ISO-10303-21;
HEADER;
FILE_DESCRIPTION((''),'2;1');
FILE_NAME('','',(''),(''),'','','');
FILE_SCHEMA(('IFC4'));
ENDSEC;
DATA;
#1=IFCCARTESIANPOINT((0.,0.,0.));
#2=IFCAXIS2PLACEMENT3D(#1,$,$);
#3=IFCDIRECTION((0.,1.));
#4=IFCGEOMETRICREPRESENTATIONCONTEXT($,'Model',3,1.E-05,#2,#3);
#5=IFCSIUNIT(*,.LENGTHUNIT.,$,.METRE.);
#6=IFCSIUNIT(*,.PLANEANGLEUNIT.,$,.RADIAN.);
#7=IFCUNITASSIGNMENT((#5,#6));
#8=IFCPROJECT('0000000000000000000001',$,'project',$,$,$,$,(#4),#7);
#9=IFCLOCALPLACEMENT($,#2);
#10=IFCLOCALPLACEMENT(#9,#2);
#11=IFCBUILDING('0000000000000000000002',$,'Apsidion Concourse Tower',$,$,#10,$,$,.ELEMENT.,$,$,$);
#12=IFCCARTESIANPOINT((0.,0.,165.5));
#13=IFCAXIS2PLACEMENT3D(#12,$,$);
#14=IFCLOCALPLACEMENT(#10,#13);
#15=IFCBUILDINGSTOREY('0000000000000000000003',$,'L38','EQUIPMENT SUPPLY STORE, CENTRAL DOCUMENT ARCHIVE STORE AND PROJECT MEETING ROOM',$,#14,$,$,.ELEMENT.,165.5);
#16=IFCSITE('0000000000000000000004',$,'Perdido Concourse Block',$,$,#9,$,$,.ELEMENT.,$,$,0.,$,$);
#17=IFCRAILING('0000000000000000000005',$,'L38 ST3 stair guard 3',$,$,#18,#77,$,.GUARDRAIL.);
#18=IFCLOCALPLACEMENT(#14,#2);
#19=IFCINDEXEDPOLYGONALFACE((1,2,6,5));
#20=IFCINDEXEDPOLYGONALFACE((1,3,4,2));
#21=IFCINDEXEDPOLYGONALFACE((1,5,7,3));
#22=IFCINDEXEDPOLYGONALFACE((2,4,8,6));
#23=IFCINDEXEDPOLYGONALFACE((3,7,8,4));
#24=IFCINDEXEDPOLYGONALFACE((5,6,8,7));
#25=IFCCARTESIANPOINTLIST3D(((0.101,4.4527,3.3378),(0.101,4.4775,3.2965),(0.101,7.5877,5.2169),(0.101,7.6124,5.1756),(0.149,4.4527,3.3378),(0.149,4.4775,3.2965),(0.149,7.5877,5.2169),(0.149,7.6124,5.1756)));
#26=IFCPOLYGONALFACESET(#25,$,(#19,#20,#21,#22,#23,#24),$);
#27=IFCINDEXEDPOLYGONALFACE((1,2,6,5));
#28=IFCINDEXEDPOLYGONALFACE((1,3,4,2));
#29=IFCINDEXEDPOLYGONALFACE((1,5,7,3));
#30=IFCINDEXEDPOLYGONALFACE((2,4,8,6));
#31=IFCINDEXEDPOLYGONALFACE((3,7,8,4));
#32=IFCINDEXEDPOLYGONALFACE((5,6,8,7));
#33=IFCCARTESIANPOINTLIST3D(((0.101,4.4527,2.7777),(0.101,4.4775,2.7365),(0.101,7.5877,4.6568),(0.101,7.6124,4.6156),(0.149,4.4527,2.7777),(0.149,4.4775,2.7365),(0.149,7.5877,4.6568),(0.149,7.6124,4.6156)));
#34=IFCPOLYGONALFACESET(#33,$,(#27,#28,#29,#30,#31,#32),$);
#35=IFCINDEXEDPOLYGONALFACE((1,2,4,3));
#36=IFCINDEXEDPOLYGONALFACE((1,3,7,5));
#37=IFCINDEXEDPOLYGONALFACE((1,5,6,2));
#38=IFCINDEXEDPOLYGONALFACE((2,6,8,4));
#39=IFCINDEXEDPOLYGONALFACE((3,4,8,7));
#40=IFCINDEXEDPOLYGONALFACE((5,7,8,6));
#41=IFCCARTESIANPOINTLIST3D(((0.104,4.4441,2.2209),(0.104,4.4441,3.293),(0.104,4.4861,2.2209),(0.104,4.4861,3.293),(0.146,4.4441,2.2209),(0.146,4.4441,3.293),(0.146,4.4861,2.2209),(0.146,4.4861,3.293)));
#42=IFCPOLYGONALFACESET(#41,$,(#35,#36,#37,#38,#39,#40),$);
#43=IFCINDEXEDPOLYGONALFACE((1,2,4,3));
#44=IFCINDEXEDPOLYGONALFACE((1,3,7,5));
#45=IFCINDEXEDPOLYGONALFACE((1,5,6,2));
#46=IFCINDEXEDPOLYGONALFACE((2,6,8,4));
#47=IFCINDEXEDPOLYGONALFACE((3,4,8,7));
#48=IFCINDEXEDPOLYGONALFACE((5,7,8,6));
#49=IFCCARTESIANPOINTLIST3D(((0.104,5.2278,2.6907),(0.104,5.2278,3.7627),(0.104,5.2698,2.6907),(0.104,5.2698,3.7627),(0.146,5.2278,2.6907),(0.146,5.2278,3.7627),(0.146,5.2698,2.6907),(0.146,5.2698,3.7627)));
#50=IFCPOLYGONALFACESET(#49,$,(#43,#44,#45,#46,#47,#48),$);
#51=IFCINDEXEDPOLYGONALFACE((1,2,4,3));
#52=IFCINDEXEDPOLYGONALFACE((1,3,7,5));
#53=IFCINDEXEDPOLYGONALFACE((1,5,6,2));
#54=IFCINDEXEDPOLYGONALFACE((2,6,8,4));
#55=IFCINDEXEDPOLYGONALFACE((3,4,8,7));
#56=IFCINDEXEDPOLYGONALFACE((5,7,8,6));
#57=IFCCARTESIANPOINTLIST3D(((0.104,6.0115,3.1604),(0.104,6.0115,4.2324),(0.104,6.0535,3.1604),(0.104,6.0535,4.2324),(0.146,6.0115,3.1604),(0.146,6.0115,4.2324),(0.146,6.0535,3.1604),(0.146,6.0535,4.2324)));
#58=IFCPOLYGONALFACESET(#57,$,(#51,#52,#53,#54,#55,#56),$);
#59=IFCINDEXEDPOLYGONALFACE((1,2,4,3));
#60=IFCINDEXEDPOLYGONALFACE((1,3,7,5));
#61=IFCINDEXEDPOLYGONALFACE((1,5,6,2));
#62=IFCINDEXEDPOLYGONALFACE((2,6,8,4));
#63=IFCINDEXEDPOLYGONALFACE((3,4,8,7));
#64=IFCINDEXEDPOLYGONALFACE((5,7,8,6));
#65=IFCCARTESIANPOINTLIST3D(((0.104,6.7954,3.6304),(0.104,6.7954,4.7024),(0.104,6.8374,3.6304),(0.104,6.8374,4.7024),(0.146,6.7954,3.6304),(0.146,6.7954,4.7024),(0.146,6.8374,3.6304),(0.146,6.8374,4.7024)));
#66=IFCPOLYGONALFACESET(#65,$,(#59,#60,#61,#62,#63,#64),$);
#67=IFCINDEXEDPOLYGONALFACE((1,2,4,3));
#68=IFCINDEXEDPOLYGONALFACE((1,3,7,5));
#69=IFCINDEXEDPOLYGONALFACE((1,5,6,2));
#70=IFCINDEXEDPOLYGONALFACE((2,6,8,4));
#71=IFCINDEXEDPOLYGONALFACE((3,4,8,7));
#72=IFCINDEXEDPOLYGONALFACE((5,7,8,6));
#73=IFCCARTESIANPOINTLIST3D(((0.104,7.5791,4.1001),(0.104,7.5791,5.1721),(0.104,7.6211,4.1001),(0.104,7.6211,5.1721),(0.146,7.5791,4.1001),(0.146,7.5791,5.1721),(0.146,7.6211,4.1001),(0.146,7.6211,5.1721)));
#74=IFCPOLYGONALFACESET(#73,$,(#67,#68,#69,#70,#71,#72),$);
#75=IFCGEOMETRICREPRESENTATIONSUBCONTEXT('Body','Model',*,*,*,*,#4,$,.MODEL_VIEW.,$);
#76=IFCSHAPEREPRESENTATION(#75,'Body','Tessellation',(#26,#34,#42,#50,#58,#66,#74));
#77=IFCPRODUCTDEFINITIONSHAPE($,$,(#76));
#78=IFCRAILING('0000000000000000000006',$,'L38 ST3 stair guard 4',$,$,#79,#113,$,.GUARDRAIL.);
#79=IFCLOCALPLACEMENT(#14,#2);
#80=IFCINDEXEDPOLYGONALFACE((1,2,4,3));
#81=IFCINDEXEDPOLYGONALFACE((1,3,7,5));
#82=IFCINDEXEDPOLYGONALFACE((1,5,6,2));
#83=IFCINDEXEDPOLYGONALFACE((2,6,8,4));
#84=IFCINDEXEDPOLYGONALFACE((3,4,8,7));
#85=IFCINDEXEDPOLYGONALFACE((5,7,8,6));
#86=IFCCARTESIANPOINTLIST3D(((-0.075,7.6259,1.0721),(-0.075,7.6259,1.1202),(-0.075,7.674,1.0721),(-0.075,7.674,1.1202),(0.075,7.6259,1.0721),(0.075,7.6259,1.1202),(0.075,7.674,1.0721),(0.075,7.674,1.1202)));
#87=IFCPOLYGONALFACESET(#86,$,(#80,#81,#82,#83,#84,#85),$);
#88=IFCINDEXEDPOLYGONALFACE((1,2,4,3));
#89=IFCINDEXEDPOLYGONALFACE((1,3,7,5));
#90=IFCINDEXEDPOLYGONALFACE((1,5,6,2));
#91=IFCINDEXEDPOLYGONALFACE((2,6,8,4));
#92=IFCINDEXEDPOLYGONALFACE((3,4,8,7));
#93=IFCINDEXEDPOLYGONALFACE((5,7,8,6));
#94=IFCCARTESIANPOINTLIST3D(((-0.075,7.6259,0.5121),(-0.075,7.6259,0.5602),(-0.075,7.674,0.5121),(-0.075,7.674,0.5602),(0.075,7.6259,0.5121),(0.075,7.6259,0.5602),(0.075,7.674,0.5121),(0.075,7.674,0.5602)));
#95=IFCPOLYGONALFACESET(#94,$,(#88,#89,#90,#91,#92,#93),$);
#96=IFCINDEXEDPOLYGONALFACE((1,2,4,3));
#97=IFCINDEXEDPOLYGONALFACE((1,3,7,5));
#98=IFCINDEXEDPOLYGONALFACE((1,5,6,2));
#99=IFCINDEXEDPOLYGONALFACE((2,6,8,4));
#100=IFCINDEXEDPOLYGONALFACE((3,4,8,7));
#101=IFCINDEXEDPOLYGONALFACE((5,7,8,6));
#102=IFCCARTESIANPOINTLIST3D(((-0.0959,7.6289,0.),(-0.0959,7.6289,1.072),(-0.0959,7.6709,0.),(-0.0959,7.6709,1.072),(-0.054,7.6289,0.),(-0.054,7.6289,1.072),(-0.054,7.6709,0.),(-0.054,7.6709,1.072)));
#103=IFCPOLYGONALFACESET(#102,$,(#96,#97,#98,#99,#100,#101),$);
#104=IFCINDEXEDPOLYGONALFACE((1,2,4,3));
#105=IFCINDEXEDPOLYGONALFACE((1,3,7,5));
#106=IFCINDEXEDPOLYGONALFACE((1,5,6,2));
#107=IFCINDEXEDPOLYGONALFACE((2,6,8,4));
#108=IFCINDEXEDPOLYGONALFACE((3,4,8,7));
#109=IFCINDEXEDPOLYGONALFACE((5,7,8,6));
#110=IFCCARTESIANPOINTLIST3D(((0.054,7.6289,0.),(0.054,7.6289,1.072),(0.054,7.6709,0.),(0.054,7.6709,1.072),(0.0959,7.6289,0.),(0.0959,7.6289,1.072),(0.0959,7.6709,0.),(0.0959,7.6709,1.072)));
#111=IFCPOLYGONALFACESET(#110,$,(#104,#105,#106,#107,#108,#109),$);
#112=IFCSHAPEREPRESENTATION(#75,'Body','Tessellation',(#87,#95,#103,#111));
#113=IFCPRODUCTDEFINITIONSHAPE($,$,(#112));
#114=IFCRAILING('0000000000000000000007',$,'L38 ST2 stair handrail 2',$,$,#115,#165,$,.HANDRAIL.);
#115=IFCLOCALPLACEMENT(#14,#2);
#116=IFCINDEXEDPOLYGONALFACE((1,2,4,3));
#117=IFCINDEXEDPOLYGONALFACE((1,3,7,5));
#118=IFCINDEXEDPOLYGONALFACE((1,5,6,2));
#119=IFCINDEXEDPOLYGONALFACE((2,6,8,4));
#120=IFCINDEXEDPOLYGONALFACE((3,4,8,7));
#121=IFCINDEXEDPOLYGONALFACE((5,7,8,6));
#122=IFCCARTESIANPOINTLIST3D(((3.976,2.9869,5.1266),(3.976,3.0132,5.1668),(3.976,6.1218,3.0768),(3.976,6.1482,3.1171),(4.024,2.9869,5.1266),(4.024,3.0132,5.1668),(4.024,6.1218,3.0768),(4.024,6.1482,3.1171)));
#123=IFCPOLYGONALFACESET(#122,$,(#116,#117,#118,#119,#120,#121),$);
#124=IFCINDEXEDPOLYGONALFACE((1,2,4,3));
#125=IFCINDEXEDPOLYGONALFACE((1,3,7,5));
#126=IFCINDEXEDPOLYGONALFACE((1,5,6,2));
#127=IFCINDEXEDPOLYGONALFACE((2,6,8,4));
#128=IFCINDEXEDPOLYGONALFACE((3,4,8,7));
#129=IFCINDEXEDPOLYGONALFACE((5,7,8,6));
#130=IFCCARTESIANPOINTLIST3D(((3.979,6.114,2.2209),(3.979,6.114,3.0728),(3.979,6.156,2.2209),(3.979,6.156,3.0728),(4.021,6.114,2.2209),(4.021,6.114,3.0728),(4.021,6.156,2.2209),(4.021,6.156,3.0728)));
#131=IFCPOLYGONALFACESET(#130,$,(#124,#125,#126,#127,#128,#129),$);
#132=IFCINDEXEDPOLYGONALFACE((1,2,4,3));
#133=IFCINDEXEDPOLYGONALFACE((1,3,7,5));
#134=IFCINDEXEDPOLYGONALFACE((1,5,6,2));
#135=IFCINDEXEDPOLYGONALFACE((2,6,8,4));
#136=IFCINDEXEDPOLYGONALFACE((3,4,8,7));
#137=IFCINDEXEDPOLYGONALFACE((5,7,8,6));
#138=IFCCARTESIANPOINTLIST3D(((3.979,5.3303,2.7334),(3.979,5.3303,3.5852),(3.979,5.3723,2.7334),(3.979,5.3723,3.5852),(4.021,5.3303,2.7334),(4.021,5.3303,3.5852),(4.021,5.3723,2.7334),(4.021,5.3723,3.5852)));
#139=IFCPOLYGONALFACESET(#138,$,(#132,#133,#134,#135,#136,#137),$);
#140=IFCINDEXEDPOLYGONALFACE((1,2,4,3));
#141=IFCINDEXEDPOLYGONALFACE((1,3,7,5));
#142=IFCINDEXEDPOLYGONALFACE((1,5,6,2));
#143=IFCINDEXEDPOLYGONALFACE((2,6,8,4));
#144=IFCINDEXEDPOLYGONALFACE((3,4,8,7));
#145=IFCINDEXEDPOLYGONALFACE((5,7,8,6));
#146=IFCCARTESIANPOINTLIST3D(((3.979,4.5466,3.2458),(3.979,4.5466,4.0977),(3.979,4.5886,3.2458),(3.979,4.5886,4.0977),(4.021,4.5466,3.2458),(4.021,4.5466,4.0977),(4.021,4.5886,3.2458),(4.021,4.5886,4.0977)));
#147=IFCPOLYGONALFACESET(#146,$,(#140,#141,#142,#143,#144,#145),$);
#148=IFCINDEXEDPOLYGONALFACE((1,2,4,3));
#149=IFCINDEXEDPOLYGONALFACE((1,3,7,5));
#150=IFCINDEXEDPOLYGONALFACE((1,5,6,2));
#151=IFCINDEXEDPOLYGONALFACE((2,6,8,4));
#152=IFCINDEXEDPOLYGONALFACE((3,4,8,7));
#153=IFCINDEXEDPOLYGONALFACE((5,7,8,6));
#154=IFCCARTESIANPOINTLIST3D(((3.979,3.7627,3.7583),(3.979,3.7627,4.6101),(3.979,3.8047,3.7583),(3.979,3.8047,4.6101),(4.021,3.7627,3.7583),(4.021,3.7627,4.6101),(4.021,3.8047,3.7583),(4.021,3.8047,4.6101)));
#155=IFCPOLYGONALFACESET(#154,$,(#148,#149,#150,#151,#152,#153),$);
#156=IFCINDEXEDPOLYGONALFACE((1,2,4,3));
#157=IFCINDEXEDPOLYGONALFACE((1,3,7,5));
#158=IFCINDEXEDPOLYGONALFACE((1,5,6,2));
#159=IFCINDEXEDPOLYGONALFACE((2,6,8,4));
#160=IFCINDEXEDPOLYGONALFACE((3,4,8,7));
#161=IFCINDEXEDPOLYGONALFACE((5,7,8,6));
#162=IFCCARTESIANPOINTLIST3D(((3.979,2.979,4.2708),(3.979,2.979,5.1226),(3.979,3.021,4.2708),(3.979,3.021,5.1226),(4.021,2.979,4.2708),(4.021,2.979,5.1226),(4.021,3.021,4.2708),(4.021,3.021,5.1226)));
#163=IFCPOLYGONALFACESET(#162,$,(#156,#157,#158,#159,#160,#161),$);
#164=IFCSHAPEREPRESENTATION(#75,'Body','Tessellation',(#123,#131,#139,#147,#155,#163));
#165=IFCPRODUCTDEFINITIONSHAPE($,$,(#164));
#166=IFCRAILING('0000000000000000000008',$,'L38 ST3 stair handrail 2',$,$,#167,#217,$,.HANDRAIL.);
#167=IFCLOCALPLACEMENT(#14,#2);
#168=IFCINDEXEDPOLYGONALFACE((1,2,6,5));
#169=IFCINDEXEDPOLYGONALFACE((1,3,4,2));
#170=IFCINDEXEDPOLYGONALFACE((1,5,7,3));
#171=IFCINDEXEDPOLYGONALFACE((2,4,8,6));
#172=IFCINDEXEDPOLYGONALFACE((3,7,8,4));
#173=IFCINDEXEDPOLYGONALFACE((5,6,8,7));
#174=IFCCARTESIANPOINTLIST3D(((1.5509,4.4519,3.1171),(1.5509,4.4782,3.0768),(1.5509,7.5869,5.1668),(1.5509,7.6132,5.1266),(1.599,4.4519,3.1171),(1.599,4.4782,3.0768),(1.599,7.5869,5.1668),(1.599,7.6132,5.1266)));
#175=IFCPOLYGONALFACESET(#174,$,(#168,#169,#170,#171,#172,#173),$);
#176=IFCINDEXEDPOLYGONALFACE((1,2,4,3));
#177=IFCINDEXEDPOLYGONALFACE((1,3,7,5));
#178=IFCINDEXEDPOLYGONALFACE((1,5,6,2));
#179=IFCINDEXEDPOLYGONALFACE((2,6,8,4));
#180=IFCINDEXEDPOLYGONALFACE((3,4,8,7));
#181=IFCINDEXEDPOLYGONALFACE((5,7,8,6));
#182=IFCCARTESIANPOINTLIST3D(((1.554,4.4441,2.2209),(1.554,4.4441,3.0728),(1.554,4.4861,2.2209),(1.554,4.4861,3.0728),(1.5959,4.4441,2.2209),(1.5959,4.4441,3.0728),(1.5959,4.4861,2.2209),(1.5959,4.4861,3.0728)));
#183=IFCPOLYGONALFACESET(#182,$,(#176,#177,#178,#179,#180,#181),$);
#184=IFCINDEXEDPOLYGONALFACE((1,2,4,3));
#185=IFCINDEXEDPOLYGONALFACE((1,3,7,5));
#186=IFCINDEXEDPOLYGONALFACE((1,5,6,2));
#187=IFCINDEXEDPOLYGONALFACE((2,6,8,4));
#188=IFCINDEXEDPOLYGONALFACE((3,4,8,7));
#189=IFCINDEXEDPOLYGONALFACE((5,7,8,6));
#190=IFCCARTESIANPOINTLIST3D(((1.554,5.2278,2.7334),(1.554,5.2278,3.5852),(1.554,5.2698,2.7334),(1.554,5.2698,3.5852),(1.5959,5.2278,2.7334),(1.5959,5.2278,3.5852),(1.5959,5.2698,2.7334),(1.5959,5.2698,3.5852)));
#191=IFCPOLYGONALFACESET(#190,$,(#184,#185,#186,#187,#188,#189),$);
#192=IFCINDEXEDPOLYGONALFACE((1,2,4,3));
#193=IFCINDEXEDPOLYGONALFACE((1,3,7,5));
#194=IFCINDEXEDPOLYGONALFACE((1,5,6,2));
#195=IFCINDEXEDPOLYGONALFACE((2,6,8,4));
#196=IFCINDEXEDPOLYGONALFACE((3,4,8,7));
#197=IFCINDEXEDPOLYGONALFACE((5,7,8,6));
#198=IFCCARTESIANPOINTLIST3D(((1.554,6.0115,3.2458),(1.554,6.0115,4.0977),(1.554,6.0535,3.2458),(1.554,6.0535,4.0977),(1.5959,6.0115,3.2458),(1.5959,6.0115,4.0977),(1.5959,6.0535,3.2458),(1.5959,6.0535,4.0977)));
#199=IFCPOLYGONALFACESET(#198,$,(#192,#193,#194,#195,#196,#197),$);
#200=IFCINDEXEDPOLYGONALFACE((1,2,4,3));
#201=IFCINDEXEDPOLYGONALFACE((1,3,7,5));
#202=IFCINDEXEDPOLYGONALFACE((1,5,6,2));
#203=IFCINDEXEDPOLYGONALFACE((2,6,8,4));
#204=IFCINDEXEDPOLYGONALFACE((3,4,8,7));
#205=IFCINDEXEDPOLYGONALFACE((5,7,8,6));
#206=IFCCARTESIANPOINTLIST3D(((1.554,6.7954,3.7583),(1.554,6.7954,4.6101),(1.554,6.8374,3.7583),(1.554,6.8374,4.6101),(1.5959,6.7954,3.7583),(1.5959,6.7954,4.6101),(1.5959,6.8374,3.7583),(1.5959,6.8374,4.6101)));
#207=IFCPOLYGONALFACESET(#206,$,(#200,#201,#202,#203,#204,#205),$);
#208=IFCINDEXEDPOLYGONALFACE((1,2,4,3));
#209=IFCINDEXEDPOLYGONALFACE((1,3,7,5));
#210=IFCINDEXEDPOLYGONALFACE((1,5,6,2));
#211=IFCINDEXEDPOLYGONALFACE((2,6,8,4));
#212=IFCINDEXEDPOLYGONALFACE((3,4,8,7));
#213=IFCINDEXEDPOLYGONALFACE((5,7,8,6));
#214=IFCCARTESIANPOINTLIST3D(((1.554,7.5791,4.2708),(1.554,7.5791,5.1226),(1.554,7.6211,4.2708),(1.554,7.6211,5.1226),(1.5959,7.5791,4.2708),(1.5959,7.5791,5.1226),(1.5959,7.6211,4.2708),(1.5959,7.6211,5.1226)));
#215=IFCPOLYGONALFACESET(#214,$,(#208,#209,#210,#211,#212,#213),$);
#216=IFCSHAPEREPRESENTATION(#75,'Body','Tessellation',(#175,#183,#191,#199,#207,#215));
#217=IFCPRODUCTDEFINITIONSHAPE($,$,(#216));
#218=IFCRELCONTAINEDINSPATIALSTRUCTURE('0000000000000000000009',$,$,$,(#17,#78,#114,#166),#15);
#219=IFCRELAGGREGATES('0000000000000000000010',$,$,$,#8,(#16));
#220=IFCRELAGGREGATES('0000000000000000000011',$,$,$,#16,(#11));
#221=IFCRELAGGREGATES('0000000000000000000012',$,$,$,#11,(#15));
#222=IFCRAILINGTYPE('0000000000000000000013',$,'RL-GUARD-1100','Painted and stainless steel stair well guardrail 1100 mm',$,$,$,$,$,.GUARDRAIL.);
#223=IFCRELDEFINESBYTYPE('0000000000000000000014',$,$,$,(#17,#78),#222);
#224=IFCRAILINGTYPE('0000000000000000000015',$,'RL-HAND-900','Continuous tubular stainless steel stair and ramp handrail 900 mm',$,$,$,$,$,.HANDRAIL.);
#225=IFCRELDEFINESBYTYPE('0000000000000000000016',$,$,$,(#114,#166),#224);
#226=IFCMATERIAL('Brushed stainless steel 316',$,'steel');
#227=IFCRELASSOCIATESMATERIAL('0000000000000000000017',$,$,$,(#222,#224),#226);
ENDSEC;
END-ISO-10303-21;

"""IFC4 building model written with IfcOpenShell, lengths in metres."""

from ifc_helpers import new_model, si_unit, direction, frame, origin, origin_2d, place, context, subcontext, project, spatial, rectangle, extrude, material, type_object, element, save


model = new_model("IFC4")

# Units and contexts
model_context = context("Model", 3, precision=1e-05, world=origin(), true_north=direction((0.0, 1.0)))
body_context = subcontext(model_context, "Body", "Model", "MODEL_VIEW")
ifc_project = project(units=[si_unit("LENGTHUNIT", "METRE"), si_unit("PLANEANGLEUNIT", "RADIAN")], contexts=[model_context])

# Site, building, storey
site_placement = place(None, origin())
site = spatial("IfcSite", under=ifc_project, at=site_placement, Name="Perdido Concourse Block", CompositionType="ELEMENT", RefElevation=0.0)
building_placement = place(site_placement, origin())
building = spatial("IfcBuilding", under=site, at=building_placement, Name="Apsidion Concourse Tower", CompositionType="ELEMENT")
storey_placement = place(building_placement, frame((0.0, 0.0, 165.5)))
storey = spatial("IfcBuildingStorey", under=building, at=storey_placement, Name="L38", Description="EQUIPMENT SUPPLY STORE, CENTRAL DOCUMENT ARCHIVE STORE AND PROJECT MEETING ROOM", CompositionType="ELEMENT", Elevation=165.5)

# Railings
ifc_material_1 = material(Name="Brushed stainless steel 316", Category="steel")
railing_type_1 = type_object("IfcRailingType", Name="RL-GUARD-1100", Description="Painted and stainless steel stair well guardrail 1100 mm", PredefinedType="GUARDRAIL", material=ifc_material_1)
railing_1_placement = place(storey_placement, frame((0.125, 4.4651, 2.2209)))
element("IfcRailing", 1, at=railing_1_placement, inside=storey, type_object=railing_type_1, Name="L38 ST3 stair guard 3", PredefinedType="GUARDRAIL", context=body_context, shape_type="SweptSolid", body=[
    extrude(rectangle(XDim=0.0481, YDim=0.0481, at=origin_2d()), frame((0.0, 0.0, 1.0962), z_axis=(0.0, 0.857717, 0.514122), x_axis=(-1.0, 0.0, 0.0)), (0.0, 0.0, 1.0), 3.655),
    extrude(rectangle(XDim=0.0481, YDim=0.0481, at=origin_2d()), frame((0.0, 0.0, 0.5361), z_axis=(0.0, 0.857717, 0.514122), x_axis=(-1.0, 0.0, 0.0)), (0.0, 0.0, 1.0), 3.655),
    extrude(rectangle(XDim=0.042, YDim=0.042, at=origin_2d()), origin(), (0.0, 0.0, 1.0), 1.072),
    extrude(rectangle(XDim=0.042, YDim=0.042, at=origin_2d()), frame((0.0, 0.7837, 0.4697)), (0.0, 0.0, 1.0), 1.072),
    extrude(rectangle(XDim=0.042, YDim=0.042, at=origin_2d()), frame((0.0, 1.5674, 0.9395)), (0.0, 0.0, 1.0), 1.072),
    extrude(rectangle(XDim=0.042, YDim=0.042, at=origin_2d()), frame((0.0, 2.3513, 1.4094)), (0.0, 0.0, 1.0), 1.072),
    extrude(rectangle(XDim=0.042, YDim=0.042, at=origin_2d()), frame((0.0, 3.135, 1.8792)), (0.0, 0.0, 1.0), 1.072),
])
railing_2_placement = place(storey_placement, frame((-0.075, 7.6499, 0.0)))
element("IfcRailing", 2, at=railing_2_placement, inside=storey, type_object=railing_type_1, Name="L38 ST3 stair guard 4", PredefinedType="GUARDRAIL", context=body_context, shape_type="SweptSolid", body=[
    extrude(rectangle(XDim=0.0481, YDim=0.0481, at=origin_2d()), frame((0.0, 0.0, 1.0962), z_axis=(1.0, 0.0, 0.0), x_axis=(0.0, 1.0, 0.0)), (0.0, 0.0, 1.0), 0.1499),
    extrude(rectangle(XDim=0.0481, YDim=0.0481, at=origin_2d()), frame((0.0, 0.0, 0.5361), z_axis=(1.0, 0.0, 0.0), x_axis=(0.0, 1.0, 0.0)), (0.0, 0.0, 1.0), 0.1499),
    extrude(rectangle(XDim=0.042, YDim=0.042, at=origin_2d()), origin(), (0.0, 0.0, 1.0), 1.072),
    extrude(rectangle(XDim=0.042, YDim=0.042, at=origin_2d()), frame((0.1499, 0.0, 0.0)), (0.0, 0.0, 1.0), 1.072),
])
railing_type_2 = type_object("IfcRailingType", Name="RL-HAND-900", Description="Continuous tubular stainless steel stair and ramp handrail 900 mm", PredefinedType="HANDRAIL", material=ifc_material_1)
railing_3_placement = place(storey_placement, frame((4.0, 6.135, 2.2209)))
element("IfcRailing", 3, at=railing_3_placement, inside=storey, type_object=railing_type_2, Name="L38 ST2 stair handrail 2", PredefinedType="HANDRAIL", context=body_context, shape_type="SweptSolid", body=[
    extrude(rectangle(XDim=0.0481, YDim=0.0481, at=origin_2d()), frame((0.0, 0.0, 0.876), z_axis=(0.0, -0.836971, 0.547248), x_axis=(1.0, 0.0, 0.0)), (0.0, 0.0, 1.0), 3.7456),
    extrude(rectangle(XDim=0.042, YDim=0.042, at=origin_2d()), origin(), (0.0, 0.0, 1.0), 0.8518),
    extrude(rectangle(XDim=0.042, YDim=0.042, at=origin_2d()), frame((0.0, -0.7837, 0.5125)), (0.0, 0.0, 1.0), 0.8518),
    extrude(rectangle(XDim=0.042, YDim=0.042, at=origin_2d()), frame((0.0, -1.5674, 1.0249)), (0.0, 0.0, 1.0), 0.8518),
    extrude(rectangle(XDim=0.042, YDim=0.042, at=origin_2d()), frame((0.0, -2.3513, 1.5374)), (0.0, 0.0, 1.0), 0.8518),
    extrude(rectangle(XDim=0.042, YDim=0.042, at=origin_2d()), frame((0.0, -3.135, 2.0498)), (0.0, 0.0, 1.0), 0.8518),
])
railing_4_placement = place(storey_placement, frame((1.575, 4.4651, 2.2209)))
element("IfcRailing", 4, at=railing_4_placement, inside=storey, type_object=railing_type_2, Name="L38 ST3 stair handrail 2", PredefinedType="HANDRAIL", context=body_context, shape_type="SweptSolid", body=[
    extrude(rectangle(XDim=0.0481, YDim=0.0481, at=origin_2d()), frame((0.0, 0.0, 0.876), z_axis=(0.0, 0.836971, 0.547248), x_axis=(-1.0, 0.0, 0.0)), (0.0, 0.0, 1.0), 3.7456),
    extrude(rectangle(XDim=0.042, YDim=0.042, at=origin_2d()), origin(), (0.0, 0.0, 1.0), 0.8518),
    extrude(rectangle(XDim=0.042, YDim=0.042, at=origin_2d()), frame((0.0, 0.7837, 0.5125)), (0.0, 0.0, 1.0), 0.8518),
    extrude(rectangle(XDim=0.042, YDim=0.042, at=origin_2d()), frame((0.0, 1.5674, 1.0249)), (0.0, 0.0, 1.0), 0.8518),
    extrude(rectangle(XDim=0.042, YDim=0.042, at=origin_2d()), frame((0.0, 2.3513, 1.5374)), (0.0, 0.0, 1.0), 0.8518),
    extrude(rectangle(XDim=0.042, YDim=0.042, at=origin_2d()), frame((0.0, 3.135, 2.0498)), (0.0, 0.0, 1.0), 0.8518),
])

save(model, "model.ifc")
